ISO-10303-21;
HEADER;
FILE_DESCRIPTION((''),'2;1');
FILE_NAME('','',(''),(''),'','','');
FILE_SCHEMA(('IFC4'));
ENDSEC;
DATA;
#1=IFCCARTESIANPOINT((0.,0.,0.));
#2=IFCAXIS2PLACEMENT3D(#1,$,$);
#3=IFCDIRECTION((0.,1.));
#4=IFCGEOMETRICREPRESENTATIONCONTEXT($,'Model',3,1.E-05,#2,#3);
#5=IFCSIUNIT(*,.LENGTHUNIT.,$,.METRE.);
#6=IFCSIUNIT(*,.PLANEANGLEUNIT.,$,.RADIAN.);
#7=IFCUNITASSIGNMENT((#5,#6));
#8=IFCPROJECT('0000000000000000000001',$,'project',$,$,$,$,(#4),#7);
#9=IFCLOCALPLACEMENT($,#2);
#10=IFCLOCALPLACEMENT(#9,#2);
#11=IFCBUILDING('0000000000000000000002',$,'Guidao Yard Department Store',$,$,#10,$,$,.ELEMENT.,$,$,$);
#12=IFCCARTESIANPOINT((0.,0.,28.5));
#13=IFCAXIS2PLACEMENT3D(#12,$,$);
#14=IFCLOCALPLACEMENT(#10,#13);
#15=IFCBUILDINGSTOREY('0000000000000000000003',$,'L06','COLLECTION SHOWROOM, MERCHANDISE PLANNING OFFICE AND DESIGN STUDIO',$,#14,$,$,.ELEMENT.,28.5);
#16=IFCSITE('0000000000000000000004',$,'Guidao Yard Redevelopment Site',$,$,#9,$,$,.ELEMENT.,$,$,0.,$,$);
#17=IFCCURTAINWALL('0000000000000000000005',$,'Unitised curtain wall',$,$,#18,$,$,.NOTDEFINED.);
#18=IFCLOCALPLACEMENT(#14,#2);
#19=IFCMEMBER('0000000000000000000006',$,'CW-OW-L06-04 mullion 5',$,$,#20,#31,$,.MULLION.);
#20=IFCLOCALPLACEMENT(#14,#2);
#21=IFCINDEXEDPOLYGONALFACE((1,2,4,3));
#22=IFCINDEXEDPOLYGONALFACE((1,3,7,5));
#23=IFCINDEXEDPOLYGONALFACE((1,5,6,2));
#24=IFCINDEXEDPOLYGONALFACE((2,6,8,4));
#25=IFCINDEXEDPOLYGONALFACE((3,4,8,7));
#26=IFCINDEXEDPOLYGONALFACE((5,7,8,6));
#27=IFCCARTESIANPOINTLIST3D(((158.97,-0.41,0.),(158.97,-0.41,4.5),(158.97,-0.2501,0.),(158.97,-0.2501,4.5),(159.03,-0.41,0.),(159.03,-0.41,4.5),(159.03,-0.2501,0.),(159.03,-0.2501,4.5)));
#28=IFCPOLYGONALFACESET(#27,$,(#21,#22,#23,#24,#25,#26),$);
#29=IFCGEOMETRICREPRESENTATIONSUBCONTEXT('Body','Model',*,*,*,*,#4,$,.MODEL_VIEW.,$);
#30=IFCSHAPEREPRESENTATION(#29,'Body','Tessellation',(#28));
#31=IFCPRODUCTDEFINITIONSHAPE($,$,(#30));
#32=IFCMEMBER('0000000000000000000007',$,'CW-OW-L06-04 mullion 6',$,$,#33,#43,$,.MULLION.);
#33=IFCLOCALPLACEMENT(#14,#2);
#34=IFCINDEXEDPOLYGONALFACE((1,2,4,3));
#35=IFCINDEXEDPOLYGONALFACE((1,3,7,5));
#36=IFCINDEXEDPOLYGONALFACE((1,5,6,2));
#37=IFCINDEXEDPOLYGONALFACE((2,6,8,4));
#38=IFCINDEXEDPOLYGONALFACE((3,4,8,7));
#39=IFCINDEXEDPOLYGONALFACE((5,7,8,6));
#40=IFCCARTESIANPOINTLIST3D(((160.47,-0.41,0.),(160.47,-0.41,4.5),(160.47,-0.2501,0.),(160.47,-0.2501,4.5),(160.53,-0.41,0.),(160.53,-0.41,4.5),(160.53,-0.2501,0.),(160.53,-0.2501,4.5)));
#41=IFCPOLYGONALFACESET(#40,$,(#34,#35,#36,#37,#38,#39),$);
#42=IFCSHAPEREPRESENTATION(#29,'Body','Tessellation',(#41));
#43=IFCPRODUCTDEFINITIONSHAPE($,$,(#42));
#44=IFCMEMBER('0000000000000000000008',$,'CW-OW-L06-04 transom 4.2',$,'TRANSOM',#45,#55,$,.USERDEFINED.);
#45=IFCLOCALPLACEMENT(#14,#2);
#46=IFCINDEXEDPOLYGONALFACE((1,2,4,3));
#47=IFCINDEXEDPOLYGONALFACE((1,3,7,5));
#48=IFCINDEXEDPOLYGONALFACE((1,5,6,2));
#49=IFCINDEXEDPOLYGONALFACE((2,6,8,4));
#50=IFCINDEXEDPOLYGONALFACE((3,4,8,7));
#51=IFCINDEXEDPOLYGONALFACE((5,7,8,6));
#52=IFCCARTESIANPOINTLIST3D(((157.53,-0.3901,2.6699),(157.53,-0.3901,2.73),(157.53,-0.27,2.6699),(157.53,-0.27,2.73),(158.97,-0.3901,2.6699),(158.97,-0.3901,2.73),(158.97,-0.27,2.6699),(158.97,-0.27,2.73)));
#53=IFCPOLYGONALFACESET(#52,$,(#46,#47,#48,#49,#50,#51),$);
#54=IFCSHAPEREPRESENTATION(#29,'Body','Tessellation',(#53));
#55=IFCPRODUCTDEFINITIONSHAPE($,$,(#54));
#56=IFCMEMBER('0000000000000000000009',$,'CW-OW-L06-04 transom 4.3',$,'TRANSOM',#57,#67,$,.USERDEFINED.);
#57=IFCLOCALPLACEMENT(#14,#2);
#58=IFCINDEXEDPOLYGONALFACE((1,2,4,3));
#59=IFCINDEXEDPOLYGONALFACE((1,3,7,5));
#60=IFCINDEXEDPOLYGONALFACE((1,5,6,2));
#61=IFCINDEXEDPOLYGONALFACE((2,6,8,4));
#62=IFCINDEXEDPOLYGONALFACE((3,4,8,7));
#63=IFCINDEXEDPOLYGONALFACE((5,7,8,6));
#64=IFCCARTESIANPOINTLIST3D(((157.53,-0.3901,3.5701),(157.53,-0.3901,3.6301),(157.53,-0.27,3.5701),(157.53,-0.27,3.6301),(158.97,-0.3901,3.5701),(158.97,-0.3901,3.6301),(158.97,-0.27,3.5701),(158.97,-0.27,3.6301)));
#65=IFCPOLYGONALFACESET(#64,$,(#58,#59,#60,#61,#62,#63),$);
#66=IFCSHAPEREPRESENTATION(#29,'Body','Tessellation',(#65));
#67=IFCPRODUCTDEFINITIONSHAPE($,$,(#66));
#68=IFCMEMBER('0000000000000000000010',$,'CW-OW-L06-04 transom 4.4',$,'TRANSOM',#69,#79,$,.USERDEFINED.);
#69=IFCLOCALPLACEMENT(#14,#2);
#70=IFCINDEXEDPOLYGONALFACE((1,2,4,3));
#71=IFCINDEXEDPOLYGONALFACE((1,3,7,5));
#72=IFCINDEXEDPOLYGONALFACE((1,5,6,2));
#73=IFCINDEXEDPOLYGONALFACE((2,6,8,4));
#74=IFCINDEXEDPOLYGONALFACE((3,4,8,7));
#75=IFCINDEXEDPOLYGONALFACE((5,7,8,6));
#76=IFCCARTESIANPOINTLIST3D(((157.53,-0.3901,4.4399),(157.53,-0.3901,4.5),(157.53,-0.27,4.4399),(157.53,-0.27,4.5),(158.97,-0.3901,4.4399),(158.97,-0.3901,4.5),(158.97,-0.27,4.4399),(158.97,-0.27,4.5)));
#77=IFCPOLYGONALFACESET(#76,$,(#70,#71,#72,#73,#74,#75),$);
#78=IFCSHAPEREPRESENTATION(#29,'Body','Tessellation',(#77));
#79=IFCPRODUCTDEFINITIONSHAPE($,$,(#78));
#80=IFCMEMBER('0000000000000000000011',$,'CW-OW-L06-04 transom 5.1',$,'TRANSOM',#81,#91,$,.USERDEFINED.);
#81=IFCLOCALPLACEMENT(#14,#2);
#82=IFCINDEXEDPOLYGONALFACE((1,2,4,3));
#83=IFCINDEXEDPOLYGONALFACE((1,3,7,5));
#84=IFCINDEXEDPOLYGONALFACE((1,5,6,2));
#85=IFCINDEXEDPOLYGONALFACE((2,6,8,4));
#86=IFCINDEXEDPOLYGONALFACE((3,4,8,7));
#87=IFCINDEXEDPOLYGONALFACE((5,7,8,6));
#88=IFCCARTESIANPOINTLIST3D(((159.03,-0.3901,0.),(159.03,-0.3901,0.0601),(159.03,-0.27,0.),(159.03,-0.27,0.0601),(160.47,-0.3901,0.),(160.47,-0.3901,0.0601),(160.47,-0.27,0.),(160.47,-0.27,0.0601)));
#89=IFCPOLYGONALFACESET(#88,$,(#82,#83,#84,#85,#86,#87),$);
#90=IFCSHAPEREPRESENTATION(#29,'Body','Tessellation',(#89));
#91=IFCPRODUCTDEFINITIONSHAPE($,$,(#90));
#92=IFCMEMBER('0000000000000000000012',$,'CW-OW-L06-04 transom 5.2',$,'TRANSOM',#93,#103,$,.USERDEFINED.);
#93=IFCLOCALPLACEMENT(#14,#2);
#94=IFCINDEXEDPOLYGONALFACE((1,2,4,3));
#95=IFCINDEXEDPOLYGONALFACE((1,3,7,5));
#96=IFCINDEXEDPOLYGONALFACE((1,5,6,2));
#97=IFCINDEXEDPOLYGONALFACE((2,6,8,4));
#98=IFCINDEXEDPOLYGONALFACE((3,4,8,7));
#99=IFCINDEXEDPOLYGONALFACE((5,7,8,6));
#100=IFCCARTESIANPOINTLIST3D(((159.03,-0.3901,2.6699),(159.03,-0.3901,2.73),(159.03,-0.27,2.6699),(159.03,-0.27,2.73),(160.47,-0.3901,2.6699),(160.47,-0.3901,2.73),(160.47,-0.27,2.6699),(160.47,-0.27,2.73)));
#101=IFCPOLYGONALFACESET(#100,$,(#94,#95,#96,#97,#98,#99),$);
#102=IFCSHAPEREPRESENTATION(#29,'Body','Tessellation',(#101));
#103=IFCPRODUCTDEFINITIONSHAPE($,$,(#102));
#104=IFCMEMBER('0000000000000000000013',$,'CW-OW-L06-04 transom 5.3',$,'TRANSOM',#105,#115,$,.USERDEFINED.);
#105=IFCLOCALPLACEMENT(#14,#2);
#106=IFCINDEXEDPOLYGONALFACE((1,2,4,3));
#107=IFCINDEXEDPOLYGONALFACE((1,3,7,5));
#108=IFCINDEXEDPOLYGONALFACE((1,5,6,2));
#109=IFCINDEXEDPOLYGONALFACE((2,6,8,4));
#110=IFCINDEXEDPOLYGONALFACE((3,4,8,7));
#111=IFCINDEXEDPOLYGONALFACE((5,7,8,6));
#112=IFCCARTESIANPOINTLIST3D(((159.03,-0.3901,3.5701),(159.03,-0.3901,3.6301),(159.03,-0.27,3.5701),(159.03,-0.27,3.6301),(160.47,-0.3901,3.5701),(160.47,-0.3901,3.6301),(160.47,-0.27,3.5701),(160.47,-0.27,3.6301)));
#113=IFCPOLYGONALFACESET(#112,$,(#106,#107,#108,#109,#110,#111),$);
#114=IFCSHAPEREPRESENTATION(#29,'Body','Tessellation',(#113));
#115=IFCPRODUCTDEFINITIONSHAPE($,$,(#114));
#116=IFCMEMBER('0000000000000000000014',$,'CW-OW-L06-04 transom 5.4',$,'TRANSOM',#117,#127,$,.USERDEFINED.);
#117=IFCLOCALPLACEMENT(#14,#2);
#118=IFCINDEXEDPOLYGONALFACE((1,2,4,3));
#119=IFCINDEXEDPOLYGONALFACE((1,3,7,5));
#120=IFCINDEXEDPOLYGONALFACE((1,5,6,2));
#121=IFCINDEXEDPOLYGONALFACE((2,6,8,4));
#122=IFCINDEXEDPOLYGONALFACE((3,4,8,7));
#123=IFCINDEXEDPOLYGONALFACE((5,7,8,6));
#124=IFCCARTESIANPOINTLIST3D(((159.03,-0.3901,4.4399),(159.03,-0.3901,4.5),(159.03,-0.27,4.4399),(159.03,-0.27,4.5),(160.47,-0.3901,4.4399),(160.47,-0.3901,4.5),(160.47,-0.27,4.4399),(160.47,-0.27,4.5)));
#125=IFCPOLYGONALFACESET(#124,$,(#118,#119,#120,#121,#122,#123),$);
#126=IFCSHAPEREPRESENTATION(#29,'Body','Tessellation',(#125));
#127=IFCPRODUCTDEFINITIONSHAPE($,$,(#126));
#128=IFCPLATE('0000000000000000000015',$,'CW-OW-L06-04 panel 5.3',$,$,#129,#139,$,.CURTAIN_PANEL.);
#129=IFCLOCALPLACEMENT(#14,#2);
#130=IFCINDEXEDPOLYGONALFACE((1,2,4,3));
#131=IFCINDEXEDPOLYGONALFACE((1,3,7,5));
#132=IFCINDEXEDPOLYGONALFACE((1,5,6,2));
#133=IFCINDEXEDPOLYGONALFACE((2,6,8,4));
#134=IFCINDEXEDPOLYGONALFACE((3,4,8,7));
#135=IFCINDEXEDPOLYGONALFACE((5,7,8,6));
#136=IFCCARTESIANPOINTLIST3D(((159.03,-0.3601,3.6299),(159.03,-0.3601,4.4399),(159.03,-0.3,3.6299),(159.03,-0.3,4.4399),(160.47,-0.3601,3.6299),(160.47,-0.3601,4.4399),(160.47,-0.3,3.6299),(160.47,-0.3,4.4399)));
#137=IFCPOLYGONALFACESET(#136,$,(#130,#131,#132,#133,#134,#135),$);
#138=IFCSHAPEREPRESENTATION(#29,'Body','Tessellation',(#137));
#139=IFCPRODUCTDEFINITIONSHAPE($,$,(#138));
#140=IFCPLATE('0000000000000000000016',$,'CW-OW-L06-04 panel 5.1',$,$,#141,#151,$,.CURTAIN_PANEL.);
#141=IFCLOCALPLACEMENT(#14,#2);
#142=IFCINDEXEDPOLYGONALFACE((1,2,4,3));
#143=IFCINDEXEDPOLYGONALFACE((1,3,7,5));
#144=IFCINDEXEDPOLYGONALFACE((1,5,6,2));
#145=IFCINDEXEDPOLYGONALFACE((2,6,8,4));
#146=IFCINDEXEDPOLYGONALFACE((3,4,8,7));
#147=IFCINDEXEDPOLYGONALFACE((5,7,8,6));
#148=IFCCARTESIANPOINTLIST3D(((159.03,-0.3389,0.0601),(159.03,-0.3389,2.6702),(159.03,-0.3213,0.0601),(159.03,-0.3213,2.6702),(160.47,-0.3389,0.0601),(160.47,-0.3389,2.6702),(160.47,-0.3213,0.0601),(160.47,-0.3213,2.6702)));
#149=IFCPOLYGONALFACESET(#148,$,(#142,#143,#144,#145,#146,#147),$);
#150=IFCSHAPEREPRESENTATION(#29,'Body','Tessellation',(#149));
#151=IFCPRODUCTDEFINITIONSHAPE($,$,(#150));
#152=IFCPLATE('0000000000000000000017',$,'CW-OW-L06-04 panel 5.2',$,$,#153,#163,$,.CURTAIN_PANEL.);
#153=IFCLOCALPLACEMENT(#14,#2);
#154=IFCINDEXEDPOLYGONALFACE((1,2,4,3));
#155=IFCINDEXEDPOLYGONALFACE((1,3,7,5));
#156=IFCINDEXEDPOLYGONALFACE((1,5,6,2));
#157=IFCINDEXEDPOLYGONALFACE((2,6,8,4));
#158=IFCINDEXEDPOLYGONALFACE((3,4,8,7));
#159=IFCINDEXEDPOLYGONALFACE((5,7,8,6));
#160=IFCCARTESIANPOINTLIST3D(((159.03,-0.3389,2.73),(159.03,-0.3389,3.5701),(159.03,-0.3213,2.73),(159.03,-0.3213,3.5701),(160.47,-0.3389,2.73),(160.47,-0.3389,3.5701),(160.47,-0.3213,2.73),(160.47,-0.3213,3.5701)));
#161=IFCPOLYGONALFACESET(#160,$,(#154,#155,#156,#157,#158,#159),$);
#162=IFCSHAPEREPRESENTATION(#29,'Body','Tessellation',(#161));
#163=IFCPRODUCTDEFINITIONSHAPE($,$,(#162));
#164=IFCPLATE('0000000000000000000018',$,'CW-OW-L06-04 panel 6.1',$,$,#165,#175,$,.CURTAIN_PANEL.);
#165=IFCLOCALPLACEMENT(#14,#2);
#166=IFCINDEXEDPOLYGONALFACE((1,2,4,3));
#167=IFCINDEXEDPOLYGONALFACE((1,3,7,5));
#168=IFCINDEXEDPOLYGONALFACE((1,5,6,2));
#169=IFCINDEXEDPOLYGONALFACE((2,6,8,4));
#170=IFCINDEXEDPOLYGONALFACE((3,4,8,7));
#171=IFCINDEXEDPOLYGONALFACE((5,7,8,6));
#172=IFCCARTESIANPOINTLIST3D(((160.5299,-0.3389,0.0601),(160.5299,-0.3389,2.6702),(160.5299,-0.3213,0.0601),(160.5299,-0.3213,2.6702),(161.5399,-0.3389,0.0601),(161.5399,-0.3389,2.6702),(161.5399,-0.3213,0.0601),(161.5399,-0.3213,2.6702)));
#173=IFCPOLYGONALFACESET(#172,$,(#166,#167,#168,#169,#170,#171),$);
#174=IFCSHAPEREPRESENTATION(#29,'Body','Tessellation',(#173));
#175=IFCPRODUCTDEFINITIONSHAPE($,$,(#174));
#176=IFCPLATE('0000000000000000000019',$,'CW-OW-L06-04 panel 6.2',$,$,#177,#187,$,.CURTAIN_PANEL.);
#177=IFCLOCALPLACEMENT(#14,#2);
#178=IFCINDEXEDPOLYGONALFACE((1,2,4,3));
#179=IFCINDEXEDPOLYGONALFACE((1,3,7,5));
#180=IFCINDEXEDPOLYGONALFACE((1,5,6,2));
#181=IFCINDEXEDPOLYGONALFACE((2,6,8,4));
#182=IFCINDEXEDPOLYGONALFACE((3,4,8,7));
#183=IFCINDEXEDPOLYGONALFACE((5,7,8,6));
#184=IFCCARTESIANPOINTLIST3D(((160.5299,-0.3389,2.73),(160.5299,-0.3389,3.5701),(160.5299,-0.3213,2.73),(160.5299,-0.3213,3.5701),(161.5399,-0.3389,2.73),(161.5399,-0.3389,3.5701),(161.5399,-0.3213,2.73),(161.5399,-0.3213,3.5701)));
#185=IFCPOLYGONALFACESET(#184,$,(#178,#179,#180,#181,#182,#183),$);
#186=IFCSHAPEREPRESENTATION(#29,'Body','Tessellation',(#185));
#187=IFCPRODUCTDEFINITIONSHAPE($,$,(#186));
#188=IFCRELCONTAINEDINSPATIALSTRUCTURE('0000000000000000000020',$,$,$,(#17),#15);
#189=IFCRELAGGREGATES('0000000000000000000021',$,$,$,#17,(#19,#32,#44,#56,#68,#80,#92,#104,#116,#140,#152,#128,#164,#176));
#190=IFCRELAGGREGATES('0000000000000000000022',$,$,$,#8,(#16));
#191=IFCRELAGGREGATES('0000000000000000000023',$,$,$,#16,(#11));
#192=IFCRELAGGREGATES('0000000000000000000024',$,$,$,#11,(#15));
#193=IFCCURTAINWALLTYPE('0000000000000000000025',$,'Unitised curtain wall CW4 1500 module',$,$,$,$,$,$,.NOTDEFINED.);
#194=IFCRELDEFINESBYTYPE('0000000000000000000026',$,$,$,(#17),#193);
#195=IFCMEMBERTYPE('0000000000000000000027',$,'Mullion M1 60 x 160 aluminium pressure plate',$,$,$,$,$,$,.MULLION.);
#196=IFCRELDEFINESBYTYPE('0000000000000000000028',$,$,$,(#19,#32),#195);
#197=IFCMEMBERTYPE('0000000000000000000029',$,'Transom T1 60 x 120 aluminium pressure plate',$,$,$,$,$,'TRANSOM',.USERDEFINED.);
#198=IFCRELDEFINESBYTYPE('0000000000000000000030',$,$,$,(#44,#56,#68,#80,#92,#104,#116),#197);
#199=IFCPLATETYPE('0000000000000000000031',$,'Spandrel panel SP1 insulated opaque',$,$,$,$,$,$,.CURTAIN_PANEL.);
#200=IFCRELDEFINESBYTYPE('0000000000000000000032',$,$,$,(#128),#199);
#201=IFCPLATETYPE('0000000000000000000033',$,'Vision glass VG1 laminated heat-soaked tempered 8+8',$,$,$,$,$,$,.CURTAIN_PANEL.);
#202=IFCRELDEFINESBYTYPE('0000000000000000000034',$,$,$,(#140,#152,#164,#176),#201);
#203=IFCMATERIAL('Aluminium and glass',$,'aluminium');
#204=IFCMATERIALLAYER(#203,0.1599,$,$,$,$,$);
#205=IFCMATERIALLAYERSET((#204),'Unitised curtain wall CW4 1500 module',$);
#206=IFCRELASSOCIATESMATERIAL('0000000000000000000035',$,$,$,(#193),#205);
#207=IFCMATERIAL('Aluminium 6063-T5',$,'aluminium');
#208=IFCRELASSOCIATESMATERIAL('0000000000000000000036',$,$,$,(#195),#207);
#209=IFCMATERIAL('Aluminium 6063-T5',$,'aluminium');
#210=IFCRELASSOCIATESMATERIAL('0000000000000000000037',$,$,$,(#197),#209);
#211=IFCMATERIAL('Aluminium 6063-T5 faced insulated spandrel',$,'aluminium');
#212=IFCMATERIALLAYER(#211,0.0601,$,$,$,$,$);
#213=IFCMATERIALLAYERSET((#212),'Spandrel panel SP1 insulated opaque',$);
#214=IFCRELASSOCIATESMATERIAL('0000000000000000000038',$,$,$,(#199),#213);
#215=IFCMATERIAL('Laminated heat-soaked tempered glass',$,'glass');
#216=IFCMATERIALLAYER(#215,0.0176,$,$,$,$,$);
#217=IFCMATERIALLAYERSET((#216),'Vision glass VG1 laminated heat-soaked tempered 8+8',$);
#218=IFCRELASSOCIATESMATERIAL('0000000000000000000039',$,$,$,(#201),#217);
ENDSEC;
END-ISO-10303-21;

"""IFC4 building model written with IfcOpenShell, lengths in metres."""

from ifc_helpers import new_model, si_unit, direction, frame, origin, origin_2d, place, context, subcontext, project, spatial, rectangle, extrude, material, layer, layer_set, material_profile, profile_set, type_object, element, aggregate, save


model = new_model("IFC4")

# Units and contexts
model_context = context("Model", 3, precision=1e-05, world=origin(), true_north=direction((0.0, 1.0)))
body_context = subcontext(model_context, "Body", "Model", "MODEL_VIEW")
ifc_project = project(units=[si_unit("LENGTHUNIT", "METRE"), si_unit("PLANEANGLEUNIT", "RADIAN")], contexts=[model_context])

# Site, building, storey
site_placement = place(None, origin())
site = spatial("IfcSite", under=ifc_project, at=site_placement, Name="Guidao Yard Redevelopment Site", CompositionType="ELEMENT", RefElevation=0.0)
building_placement = place(site_placement, origin())
building = spatial("IfcBuilding", under=site, at=building_placement, Name="Guidao Yard Department Store", CompositionType="ELEMENT")
storey_placement = place(building_placement, frame((0.0, 0.0, 28.5)))
storey = spatial("IfcBuildingStorey", under=building, at=storey_placement, Name="L06", Description="COLLECTION SHOWROOM, MERCHANDISE PLANNING OFFICE AND DESIGN STUDIO", CompositionType="ELEMENT", Elevation=28.5)

# Curtain wall, members, plates
ifc_material_1 = material(Name="Aluminium and glass", Category="aluminium")
ifc_layer_1 = layer(ifc_material_1, 0.1599)
ifc_layer_set_1 = layer_set([ifc_layer_1], Name="Unitised curtain wall CW4 1500 module")
curtain_wall_type = type_object("IfcCurtainWallType", Name="Unitised curtain wall CW4 1500 module", PredefinedType="NOTDEFINED", material=ifc_layer_set_1)
curtain_wall_placement = place(storey_placement, origin())
curtain_wall = element("IfcCurtainWall", 1, at=curtain_wall_placement, inside=storey, type_object=curtain_wall_type, Name="Unitised curtain wall", PredefinedType="NOTDEFINED")
ifc_material_2 = material(Name="Aluminium 6063-T5", Category="aluminium")
ifc_material_profile_1 = material_profile(ifc_material_2, rectangle(XDim=0.0601, YDim=0.1599, at=origin_2d()), Name="Mullion M1 60 x 160 aluminium pressure plate")
ifc_profile_set_1 = profile_set([ifc_material_profile_1], Name="Aluminium 6063-T5")
member_type_1 = type_object("IfcMemberType", Name="Mullion M1 60 x 160 aluminium pressure plate", PredefinedType="MULLION", material=ifc_profile_set_1)
member_1_placement = place(storey_placement, frame((159.0, -0.3301, 0.0), z_axis=(0.0, 0.0, 1.0), x_axis=(-1.0, 0.0, 0.0)))
member_1 = element("IfcMember", 2, at=member_1_placement, type_object=member_type_1, Name="CW-OW-L06-04 mullion 5", PredefinedType="MULLION", context=body_context, shape_type="SweptSolid", body=[
    extrude(rectangle(XDim=0.0601, YDim=0.1599, at=origin_2d()), origin(), (0.0, 0.0, 1.0), 4.5),
])
member_2_placement = place(storey_placement, frame((160.5, -0.3301, 0.0), z_axis=(0.0, 0.0, 1.0), x_axis=(-1.0, 0.0, 0.0)))
member_2 = element("IfcMember", 3, at=member_2_placement, type_object=member_type_1, Name="CW-OW-L06-04 mullion 6", PredefinedType="MULLION", context=body_context, shape_type="SweptSolid", body=[
    extrude(rectangle(XDim=0.0601, YDim=0.1599, at=origin_2d()), origin(), (0.0, 0.0, 1.0), 4.5),
])
ifc_material_3 = material(Name="Aluminium 6063-T5", Category="aluminium")
ifc_material_profile_2 = material_profile(ifc_material_3, rectangle(XDim=0.1201, YDim=0.0601, at=origin_2d()), Name="Transom T1 60 x 120 aluminium pressure plate")
ifc_profile_set_2 = profile_set([ifc_material_profile_2], Name="Aluminium 6063-T5")
member_type_2 = type_object("IfcMemberType", Name="Transom T1 60 x 120 aluminium pressure plate", ElementType="TRANSOM", PredefinedType="USERDEFINED", material=ifc_profile_set_2)
member_3_placement = place(storey_placement, frame((158.97, -0.3301, 2.7), z_axis=(-1.0, 0.0, 0.0), x_axis=(0.0, -1.0, 0.0)))
member_3 = element("IfcMember", 4, at=member_3_placement, type_object=member_type_2, Name="CW-OW-L06-04 transom 4.2", ObjectType="TRANSOM", PredefinedType="USERDEFINED", context=body_context, shape_type="SweptSolid", body=[
    extrude(rectangle(XDim=0.1201, YDim=0.0601, at=origin_2d()), origin(), (0.0, 0.0, 1.0), 1.4399),
])
member_4_placement = place(storey_placement, frame((158.97, -0.3301, 3.6001), z_axis=(-1.0, 0.0, 0.0), x_axis=(0.0, -1.0, 0.0)))
member_4 = element("IfcMember", 5, at=member_4_placement, type_object=member_type_2, Name="CW-OW-L06-04 transom 4.3", ObjectType="TRANSOM", PredefinedType="USERDEFINED", context=body_context, shape_type="SweptSolid", body=[
    extrude(rectangle(XDim=0.1201, YDim=0.0601, at=origin_2d()), origin(), (0.0, 0.0, 1.0), 1.4399),
])
member_5_placement = place(storey_placement, frame((158.97, -0.3301, 4.47), z_axis=(-1.0, 0.0, 0.0), x_axis=(0.0, -1.0, 0.0)))
member_5 = element("IfcMember", 6, at=member_5_placement, type_object=member_type_2, Name="CW-OW-L06-04 transom 4.4", ObjectType="TRANSOM", PredefinedType="USERDEFINED", context=body_context, shape_type="SweptSolid", body=[
    extrude(rectangle(XDim=0.1201, YDim=0.0601, at=origin_2d()), origin(), (0.0, 0.0, 1.0), 1.4399),
])
member_6_placement = place(storey_placement, frame((160.47, -0.3301, 0.03), z_axis=(-1.0, 0.0, 0.0), x_axis=(0.0, -1.0, 0.0)))
member_6 = element("IfcMember", 7, at=member_6_placement, type_object=member_type_2, Name="CW-OW-L06-04 transom 5.1", ObjectType="TRANSOM", PredefinedType="USERDEFINED", context=body_context, shape_type="SweptSolid", body=[
    extrude(rectangle(XDim=0.1201, YDim=0.0601, at=origin_2d()), origin(), (0.0, 0.0, 1.0), 1.4399),
])
member_7_placement = place(storey_placement, frame((160.47, -0.3301, 2.7), z_axis=(-1.0, 0.0, 0.0), x_axis=(0.0, -1.0, 0.0)))
member_7 = element("IfcMember", 8, at=member_7_placement, type_object=member_type_2, Name="CW-OW-L06-04 transom 5.2", ObjectType="TRANSOM", PredefinedType="USERDEFINED", context=body_context, shape_type="SweptSolid", body=[
    extrude(rectangle(XDim=0.1201, YDim=0.0601, at=origin_2d()), origin(), (0.0, 0.0, 1.0), 1.4399),
])
member_8_placement = place(storey_placement, frame((160.47, -0.3301, 3.6001), z_axis=(-1.0, 0.0, 0.0), x_axis=(0.0, -1.0, 0.0)))
member_8 = element("IfcMember", 9, at=member_8_placement, type_object=member_type_2, Name="CW-OW-L06-04 transom 5.3", ObjectType="TRANSOM", PredefinedType="USERDEFINED", context=body_context, shape_type="SweptSolid", body=[
    extrude(rectangle(XDim=0.1201, YDim=0.0601, at=origin_2d()), origin(), (0.0, 0.0, 1.0), 1.4399),
])
member_9_placement = place(storey_placement, frame((160.47, -0.3301, 4.47), z_axis=(-1.0, 0.0, 0.0), x_axis=(0.0, -1.0, 0.0)))
member_9 = element("IfcMember", 10, at=member_9_placement, type_object=member_type_2, Name="CW-OW-L06-04 transom 5.4", ObjectType="TRANSOM", PredefinedType="USERDEFINED", context=body_context, shape_type="SweptSolid", body=[
    extrude(rectangle(XDim=0.1201, YDim=0.0601, at=origin_2d()), origin(), (0.0, 0.0, 1.0), 1.4399),
])
ifc_material_4 = material(Name="Aluminium 6063-T5 faced insulated spandrel", Category="aluminium")
ifc_layer_2 = layer(ifc_material_4, 0.0601)
ifc_layer_set_2 = layer_set([ifc_layer_2], Name="Spandrel panel SP1 insulated opaque")
plate_type_1 = type_object("IfcPlateType", Name="Spandrel panel SP1 insulated opaque", PredefinedType="CURTAIN_PANEL", material=ifc_layer_set_2)
plate_1_placement = place(storey_placement, frame((159.75, -0.3301, 3.6299), z_axis=(0.0, 0.0, 1.0), x_axis=(-1.0, 0.0, 0.0)))
plate_1 = element("IfcPlate", 11, at=plate_1_placement, type_object=plate_type_1, Name="CW-OW-L06-04 panel 5.3", PredefinedType="CURTAIN_PANEL", context=body_context, shape_type="SweptSolid", body=[
    extrude(rectangle(XDim=1.4399, YDim=0.0601, at=origin_2d()), origin(), (0.0, 0.0, 1.0), 0.8101),
])
ifc_material_5 = material(Name="Laminated heat-soaked tempered glass", Category="glass")
ifc_layer_3 = layer(ifc_material_5, 0.0176)
ifc_layer_set_3 = layer_set([ifc_layer_3], Name="Vision glass VG1 laminated heat-soaked tempered 8+8")
plate_type_2 = type_object("IfcPlateType", Name="Vision glass VG1 laminated heat-soaked tempered 8+8", PredefinedType="CURTAIN_PANEL", material=ifc_layer_set_3)
plate_2_placement = place(storey_placement, frame((159.75, -0.3301, 0.0601), z_axis=(0.0, 0.0, 1.0), x_axis=(-1.0, 0.0, 0.0)))
plate_2 = element("IfcPlate", 12, at=plate_2_placement, type_object=plate_type_2, Name="CW-OW-L06-04 panel 5.1", PredefinedType="CURTAIN_PANEL", context=body_context, shape_type="SweptSolid", body=[
    extrude(rectangle(XDim=1.4399, YDim=0.0176, at=origin_2d()), origin(), (0.0, 0.0, 1.0), 2.6101),
])
plate_3_placement = place(storey_placement, frame((159.75, -0.3301, 2.73), z_axis=(0.0, 0.0, 1.0), x_axis=(-1.0, 0.0, 0.0)))
plate_3 = element("IfcPlate", 13, at=plate_3_placement, type_object=plate_type_2, Name="CW-OW-L06-04 panel 5.2", PredefinedType="CURTAIN_PANEL", context=body_context, shape_type="SweptSolid", body=[
    extrude(rectangle(XDim=1.4399, YDim=0.0176, at=origin_2d()), origin(), (0.0, 0.0, 1.0), 0.8401),
])
plate_4_placement = place(storey_placement, frame((161.0349, -0.3301, 0.0601), z_axis=(0.0, 0.0, 1.0), x_axis=(-1.0, 0.0, 0.0)))
plate_4 = element("IfcPlate", 14, at=plate_4_placement, type_object=plate_type_2, Name="CW-OW-L06-04 panel 6.1", PredefinedType="CURTAIN_PANEL", context=body_context, shape_type="SweptSolid", body=[
    extrude(rectangle(XDim=1.01, YDim=0.0176, at=origin_2d()), origin(), (0.0, 0.0, 1.0), 2.6101),
])
plate_5_placement = place(storey_placement, frame((161.0349, -0.3301, 2.73), z_axis=(0.0, 0.0, 1.0), x_axis=(-1.0, 0.0, 0.0)))
plate_5 = element("IfcPlate", 15, at=plate_5_placement, type_object=plate_type_2, Name="CW-OW-L06-04 panel 6.2", PredefinedType="CURTAIN_PANEL", context=body_context, shape_type="SweptSolid", body=[
    extrude(rectangle(XDim=1.01, YDim=0.0176, at=origin_2d()), origin(), (0.0, 0.0, 1.0), 0.8401),
])
aggregate(curtain_wall, [member_1, member_2, member_3, member_4, member_5, member_6, member_7, member_8, member_9, plate_2, plate_3, plate_1, plate_4, plate_5])

save(model, "model.ifc")
